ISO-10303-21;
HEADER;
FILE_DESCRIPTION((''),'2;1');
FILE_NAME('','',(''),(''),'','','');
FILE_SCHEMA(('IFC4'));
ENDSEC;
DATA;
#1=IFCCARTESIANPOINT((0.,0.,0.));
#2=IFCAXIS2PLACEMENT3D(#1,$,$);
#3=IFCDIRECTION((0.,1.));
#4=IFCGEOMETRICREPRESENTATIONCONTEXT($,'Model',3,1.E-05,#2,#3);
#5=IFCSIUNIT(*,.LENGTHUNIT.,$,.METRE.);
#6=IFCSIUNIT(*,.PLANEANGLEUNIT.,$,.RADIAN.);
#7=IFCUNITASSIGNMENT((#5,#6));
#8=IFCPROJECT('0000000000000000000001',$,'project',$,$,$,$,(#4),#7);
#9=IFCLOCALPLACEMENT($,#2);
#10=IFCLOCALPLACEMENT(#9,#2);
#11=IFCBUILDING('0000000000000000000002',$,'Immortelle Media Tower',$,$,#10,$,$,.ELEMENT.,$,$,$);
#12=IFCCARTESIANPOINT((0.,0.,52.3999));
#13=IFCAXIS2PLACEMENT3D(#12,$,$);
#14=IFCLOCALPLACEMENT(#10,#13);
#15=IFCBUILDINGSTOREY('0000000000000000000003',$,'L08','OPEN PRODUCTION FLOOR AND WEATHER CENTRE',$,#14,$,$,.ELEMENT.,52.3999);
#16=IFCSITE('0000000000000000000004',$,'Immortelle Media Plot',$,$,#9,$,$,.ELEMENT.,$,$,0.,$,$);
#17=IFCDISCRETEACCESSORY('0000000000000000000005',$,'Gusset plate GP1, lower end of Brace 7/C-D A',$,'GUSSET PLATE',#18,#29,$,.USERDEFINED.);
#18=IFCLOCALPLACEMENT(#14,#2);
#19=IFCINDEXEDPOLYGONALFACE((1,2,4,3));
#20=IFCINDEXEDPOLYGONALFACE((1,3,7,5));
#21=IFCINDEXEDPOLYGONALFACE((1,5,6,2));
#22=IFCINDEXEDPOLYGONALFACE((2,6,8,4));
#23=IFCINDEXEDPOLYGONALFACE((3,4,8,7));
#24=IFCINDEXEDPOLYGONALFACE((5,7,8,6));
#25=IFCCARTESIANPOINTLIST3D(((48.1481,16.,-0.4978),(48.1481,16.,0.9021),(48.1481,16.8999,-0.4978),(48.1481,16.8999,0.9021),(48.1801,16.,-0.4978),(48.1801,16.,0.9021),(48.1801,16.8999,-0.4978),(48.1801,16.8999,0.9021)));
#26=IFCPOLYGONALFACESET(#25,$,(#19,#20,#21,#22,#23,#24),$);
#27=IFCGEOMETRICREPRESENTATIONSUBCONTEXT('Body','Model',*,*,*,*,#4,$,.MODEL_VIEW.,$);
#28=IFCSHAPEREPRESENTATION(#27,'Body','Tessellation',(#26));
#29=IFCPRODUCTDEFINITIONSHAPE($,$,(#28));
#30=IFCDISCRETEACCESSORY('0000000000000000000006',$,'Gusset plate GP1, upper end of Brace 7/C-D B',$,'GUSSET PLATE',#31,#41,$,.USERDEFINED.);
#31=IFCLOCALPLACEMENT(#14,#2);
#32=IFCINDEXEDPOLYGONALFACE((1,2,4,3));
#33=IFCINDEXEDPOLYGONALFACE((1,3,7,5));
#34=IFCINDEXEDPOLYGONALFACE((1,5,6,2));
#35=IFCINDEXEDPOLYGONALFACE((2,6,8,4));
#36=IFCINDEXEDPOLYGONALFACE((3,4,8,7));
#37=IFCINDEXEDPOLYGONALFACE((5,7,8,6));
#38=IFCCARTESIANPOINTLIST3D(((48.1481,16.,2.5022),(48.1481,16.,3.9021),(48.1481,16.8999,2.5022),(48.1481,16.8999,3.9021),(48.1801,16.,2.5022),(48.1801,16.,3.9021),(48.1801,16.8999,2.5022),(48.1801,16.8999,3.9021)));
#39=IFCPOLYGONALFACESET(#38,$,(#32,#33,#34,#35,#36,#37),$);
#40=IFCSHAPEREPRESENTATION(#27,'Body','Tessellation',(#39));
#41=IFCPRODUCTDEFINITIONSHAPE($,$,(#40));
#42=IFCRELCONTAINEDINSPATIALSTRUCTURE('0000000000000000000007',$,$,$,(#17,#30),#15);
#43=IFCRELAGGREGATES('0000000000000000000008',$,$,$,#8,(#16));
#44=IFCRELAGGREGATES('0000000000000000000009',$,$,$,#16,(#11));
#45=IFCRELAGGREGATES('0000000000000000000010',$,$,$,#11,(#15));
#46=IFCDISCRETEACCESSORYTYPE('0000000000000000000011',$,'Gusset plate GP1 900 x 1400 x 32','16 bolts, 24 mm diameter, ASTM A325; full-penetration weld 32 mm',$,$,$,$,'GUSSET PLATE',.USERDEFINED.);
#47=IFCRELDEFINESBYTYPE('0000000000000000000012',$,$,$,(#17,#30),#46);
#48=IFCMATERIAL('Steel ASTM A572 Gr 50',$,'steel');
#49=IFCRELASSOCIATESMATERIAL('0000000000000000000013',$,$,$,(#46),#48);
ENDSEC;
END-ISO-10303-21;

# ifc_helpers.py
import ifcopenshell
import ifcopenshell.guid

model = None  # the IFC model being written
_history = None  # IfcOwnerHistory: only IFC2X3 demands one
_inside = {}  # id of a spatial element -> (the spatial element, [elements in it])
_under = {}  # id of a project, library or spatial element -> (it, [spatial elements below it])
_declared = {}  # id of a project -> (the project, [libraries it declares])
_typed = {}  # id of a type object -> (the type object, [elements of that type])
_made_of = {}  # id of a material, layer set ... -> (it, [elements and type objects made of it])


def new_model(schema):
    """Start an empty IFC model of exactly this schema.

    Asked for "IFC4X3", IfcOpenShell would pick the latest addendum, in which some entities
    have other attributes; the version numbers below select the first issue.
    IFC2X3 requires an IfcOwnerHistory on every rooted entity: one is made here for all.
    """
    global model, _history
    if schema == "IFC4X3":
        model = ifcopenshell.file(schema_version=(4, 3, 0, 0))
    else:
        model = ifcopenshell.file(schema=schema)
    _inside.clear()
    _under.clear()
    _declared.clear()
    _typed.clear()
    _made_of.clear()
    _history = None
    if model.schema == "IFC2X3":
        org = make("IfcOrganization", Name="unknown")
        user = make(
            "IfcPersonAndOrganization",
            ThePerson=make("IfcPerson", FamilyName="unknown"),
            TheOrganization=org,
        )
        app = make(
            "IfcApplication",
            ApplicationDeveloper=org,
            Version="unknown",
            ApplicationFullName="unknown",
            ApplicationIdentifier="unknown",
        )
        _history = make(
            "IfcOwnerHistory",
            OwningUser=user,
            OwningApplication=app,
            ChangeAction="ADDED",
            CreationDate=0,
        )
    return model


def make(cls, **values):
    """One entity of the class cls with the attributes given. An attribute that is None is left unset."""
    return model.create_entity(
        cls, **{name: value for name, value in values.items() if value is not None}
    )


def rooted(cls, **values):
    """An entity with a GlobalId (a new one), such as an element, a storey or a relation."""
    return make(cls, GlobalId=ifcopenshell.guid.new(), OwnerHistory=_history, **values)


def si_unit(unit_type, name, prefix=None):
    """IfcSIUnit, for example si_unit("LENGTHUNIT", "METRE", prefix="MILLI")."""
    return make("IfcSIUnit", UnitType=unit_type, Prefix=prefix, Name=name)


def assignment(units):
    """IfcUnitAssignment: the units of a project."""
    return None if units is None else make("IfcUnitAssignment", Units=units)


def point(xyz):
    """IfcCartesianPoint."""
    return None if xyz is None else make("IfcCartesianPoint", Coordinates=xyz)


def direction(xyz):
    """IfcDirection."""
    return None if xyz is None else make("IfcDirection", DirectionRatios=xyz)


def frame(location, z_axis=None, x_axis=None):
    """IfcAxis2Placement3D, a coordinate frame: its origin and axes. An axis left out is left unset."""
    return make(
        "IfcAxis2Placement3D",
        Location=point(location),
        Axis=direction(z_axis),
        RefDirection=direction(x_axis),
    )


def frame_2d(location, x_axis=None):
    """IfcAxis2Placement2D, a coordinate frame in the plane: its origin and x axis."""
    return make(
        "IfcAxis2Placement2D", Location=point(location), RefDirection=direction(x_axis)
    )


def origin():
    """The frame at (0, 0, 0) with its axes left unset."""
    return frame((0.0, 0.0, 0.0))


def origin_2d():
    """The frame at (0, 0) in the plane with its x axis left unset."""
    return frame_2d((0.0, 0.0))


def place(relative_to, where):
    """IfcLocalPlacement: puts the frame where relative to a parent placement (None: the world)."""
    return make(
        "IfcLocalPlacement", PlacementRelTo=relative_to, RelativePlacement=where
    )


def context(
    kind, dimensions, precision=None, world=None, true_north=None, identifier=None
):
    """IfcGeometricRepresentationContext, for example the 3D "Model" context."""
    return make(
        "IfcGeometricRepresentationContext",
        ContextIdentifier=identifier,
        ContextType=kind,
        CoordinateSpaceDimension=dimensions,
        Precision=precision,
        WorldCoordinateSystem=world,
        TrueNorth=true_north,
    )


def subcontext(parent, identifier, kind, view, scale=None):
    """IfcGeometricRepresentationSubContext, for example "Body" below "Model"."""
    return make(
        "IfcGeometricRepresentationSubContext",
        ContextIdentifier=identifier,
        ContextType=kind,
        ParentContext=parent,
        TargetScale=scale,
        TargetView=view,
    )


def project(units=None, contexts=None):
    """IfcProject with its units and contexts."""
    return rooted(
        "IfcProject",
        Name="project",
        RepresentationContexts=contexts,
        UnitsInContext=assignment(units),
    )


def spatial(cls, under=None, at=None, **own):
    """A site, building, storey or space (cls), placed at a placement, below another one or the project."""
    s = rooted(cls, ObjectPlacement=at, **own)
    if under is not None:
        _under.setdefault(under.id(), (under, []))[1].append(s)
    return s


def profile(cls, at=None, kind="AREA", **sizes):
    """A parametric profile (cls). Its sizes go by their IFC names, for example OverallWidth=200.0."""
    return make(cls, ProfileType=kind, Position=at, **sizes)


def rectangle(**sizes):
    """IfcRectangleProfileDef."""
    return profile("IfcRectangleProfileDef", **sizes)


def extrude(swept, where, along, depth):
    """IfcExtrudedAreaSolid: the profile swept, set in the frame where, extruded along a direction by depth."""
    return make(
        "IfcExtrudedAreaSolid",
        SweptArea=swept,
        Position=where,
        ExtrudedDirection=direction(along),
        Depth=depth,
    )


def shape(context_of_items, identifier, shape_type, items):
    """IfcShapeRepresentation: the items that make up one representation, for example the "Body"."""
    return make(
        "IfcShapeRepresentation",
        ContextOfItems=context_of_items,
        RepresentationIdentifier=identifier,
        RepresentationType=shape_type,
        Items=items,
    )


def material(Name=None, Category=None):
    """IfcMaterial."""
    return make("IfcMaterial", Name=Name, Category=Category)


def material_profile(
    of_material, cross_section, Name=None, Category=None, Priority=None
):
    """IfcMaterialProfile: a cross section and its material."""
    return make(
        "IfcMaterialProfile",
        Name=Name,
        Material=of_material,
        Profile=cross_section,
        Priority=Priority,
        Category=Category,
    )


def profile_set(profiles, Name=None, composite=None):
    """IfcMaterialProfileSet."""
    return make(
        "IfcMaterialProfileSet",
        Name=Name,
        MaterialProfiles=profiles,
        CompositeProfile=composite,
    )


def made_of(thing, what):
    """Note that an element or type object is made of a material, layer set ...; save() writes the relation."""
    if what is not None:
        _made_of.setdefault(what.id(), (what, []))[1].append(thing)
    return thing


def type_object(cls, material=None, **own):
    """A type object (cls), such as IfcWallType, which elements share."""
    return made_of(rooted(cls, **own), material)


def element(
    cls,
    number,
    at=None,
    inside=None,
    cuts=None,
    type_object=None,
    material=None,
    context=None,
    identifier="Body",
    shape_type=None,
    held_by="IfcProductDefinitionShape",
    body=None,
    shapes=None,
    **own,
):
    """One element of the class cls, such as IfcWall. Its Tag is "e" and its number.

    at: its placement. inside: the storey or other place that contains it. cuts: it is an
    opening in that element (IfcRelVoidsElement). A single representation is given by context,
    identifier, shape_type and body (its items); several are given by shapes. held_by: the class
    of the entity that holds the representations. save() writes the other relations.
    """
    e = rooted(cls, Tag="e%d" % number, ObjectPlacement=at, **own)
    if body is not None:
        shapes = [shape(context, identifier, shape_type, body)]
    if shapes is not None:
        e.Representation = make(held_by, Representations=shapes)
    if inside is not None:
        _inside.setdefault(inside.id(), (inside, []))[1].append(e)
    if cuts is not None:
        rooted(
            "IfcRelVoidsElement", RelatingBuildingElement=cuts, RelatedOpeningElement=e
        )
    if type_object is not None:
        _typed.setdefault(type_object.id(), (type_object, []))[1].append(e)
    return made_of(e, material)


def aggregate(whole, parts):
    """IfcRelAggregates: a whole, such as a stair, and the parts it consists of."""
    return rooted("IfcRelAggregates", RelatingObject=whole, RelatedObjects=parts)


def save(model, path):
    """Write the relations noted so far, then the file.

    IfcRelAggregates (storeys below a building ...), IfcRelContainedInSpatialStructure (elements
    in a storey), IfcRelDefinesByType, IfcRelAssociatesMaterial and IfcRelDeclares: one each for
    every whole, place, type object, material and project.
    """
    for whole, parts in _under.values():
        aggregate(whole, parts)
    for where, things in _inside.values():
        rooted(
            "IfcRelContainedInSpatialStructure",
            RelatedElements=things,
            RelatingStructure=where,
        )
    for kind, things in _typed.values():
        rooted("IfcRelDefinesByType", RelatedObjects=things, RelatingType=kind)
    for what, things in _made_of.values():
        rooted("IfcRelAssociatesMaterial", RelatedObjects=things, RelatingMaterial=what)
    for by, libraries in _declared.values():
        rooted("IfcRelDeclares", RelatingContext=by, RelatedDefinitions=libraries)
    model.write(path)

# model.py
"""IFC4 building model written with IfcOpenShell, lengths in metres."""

from ifc_helpers import new_model, si_unit, direction, frame, origin, origin_2d, place, context, subcontext, project, spatial, rectangle, extrude, material, material_profile, profile_set, type_object, element, save


model = new_model("IFC4")

# Units and contexts
model_context = context("Model", 3, precision=1e-05, world=origin(), true_north=direction((0.0, 1.0)))
body_context = subcontext(model_context, "Body", "Model", "MODEL_VIEW")
ifc_project = project(units=[si_unit("LENGTHUNIT", "METRE"), si_unit("PLANEANGLEUNIT", "RADIAN")], contexts=[model_context])

# Site, building, storey
site_placement = place(None, origin())
site = spatial("IfcSite", under=ifc_project, at=site_placement, Name="Immortelle Media Plot", CompositionType="ELEMENT", RefElevation=0.0)
building_placement = place(site_placement, origin())
building = spatial("IfcBuilding", under=site, at=building_placement, Name="Immortelle Media Tower", CompositionType="ELEMENT")
storey_placement = place(building_placement, frame((0.0, 0.0, 52.3999)))
storey = spatial("IfcBuildingStorey", under=building, at=storey_placement, Name="L08", Description="OPEN PRODUCTION FLOOR AND WEATHER CENTRE", CompositionType="ELEMENT", Elevation=52.3999)

# Discrete accessories
ifc_material_1 = material(Name="Steel ASTM A572 Gr 50", Category="steel")
ifc_material_profile_1 = material_profile(ifc_material_1, rectangle(XDim=0.032, YDim=1.3999, at=origin_2d()), Name="PL 32 x 1400")
ifc_profile_set_1 = profile_set([ifc_material_profile_1], Name="Steel ASTM A572 Gr 50")
discrete_accessory_type_1 = type_object("IfcDiscreteAccessoryType", Name="Gusset plate GP1 900 x 1400 x 32", Description="16 bolts, 24 mm diameter, ASTM A325; full-penetration weld 32 mm", ElementType="GUSSET PLATE", PredefinedType="USERDEFINED", material=ifc_profile_set_1)
for number, where, z_axis, x_axis, name in (
    (1, (48.1641, 16.0, 0.2021), (0.0, 1.0, 0.0), (-1.0, 0.0, 0.0), "Gusset plate GP1, lower end of Brace 7/C-D A"),
    (2, (48.1641, 16.0, 3.2021), (0.0, 1.0, 0.0), (-1.0, 0.0, 0.0), "Gusset plate GP1, upper end of Brace 7/C-D B"),
):
    element("IfcDiscreteAccessory", number, at=place(storey_placement, frame(where, z_axis=z_axis, x_axis=x_axis)), inside=storey, type_object=discrete_accessory_type_1, Name=name, ObjectType="GUSSET PLATE", PredefinedType="USERDEFINED", context=body_context, shape_type="SweptSolid", body=[
        extrude(rectangle(XDim=0.032, YDim=1.3999, at=origin_2d()), origin(), (0.0, 0.0, 1.0), 0.8999),
    ])

save(model, "model.ifc")
